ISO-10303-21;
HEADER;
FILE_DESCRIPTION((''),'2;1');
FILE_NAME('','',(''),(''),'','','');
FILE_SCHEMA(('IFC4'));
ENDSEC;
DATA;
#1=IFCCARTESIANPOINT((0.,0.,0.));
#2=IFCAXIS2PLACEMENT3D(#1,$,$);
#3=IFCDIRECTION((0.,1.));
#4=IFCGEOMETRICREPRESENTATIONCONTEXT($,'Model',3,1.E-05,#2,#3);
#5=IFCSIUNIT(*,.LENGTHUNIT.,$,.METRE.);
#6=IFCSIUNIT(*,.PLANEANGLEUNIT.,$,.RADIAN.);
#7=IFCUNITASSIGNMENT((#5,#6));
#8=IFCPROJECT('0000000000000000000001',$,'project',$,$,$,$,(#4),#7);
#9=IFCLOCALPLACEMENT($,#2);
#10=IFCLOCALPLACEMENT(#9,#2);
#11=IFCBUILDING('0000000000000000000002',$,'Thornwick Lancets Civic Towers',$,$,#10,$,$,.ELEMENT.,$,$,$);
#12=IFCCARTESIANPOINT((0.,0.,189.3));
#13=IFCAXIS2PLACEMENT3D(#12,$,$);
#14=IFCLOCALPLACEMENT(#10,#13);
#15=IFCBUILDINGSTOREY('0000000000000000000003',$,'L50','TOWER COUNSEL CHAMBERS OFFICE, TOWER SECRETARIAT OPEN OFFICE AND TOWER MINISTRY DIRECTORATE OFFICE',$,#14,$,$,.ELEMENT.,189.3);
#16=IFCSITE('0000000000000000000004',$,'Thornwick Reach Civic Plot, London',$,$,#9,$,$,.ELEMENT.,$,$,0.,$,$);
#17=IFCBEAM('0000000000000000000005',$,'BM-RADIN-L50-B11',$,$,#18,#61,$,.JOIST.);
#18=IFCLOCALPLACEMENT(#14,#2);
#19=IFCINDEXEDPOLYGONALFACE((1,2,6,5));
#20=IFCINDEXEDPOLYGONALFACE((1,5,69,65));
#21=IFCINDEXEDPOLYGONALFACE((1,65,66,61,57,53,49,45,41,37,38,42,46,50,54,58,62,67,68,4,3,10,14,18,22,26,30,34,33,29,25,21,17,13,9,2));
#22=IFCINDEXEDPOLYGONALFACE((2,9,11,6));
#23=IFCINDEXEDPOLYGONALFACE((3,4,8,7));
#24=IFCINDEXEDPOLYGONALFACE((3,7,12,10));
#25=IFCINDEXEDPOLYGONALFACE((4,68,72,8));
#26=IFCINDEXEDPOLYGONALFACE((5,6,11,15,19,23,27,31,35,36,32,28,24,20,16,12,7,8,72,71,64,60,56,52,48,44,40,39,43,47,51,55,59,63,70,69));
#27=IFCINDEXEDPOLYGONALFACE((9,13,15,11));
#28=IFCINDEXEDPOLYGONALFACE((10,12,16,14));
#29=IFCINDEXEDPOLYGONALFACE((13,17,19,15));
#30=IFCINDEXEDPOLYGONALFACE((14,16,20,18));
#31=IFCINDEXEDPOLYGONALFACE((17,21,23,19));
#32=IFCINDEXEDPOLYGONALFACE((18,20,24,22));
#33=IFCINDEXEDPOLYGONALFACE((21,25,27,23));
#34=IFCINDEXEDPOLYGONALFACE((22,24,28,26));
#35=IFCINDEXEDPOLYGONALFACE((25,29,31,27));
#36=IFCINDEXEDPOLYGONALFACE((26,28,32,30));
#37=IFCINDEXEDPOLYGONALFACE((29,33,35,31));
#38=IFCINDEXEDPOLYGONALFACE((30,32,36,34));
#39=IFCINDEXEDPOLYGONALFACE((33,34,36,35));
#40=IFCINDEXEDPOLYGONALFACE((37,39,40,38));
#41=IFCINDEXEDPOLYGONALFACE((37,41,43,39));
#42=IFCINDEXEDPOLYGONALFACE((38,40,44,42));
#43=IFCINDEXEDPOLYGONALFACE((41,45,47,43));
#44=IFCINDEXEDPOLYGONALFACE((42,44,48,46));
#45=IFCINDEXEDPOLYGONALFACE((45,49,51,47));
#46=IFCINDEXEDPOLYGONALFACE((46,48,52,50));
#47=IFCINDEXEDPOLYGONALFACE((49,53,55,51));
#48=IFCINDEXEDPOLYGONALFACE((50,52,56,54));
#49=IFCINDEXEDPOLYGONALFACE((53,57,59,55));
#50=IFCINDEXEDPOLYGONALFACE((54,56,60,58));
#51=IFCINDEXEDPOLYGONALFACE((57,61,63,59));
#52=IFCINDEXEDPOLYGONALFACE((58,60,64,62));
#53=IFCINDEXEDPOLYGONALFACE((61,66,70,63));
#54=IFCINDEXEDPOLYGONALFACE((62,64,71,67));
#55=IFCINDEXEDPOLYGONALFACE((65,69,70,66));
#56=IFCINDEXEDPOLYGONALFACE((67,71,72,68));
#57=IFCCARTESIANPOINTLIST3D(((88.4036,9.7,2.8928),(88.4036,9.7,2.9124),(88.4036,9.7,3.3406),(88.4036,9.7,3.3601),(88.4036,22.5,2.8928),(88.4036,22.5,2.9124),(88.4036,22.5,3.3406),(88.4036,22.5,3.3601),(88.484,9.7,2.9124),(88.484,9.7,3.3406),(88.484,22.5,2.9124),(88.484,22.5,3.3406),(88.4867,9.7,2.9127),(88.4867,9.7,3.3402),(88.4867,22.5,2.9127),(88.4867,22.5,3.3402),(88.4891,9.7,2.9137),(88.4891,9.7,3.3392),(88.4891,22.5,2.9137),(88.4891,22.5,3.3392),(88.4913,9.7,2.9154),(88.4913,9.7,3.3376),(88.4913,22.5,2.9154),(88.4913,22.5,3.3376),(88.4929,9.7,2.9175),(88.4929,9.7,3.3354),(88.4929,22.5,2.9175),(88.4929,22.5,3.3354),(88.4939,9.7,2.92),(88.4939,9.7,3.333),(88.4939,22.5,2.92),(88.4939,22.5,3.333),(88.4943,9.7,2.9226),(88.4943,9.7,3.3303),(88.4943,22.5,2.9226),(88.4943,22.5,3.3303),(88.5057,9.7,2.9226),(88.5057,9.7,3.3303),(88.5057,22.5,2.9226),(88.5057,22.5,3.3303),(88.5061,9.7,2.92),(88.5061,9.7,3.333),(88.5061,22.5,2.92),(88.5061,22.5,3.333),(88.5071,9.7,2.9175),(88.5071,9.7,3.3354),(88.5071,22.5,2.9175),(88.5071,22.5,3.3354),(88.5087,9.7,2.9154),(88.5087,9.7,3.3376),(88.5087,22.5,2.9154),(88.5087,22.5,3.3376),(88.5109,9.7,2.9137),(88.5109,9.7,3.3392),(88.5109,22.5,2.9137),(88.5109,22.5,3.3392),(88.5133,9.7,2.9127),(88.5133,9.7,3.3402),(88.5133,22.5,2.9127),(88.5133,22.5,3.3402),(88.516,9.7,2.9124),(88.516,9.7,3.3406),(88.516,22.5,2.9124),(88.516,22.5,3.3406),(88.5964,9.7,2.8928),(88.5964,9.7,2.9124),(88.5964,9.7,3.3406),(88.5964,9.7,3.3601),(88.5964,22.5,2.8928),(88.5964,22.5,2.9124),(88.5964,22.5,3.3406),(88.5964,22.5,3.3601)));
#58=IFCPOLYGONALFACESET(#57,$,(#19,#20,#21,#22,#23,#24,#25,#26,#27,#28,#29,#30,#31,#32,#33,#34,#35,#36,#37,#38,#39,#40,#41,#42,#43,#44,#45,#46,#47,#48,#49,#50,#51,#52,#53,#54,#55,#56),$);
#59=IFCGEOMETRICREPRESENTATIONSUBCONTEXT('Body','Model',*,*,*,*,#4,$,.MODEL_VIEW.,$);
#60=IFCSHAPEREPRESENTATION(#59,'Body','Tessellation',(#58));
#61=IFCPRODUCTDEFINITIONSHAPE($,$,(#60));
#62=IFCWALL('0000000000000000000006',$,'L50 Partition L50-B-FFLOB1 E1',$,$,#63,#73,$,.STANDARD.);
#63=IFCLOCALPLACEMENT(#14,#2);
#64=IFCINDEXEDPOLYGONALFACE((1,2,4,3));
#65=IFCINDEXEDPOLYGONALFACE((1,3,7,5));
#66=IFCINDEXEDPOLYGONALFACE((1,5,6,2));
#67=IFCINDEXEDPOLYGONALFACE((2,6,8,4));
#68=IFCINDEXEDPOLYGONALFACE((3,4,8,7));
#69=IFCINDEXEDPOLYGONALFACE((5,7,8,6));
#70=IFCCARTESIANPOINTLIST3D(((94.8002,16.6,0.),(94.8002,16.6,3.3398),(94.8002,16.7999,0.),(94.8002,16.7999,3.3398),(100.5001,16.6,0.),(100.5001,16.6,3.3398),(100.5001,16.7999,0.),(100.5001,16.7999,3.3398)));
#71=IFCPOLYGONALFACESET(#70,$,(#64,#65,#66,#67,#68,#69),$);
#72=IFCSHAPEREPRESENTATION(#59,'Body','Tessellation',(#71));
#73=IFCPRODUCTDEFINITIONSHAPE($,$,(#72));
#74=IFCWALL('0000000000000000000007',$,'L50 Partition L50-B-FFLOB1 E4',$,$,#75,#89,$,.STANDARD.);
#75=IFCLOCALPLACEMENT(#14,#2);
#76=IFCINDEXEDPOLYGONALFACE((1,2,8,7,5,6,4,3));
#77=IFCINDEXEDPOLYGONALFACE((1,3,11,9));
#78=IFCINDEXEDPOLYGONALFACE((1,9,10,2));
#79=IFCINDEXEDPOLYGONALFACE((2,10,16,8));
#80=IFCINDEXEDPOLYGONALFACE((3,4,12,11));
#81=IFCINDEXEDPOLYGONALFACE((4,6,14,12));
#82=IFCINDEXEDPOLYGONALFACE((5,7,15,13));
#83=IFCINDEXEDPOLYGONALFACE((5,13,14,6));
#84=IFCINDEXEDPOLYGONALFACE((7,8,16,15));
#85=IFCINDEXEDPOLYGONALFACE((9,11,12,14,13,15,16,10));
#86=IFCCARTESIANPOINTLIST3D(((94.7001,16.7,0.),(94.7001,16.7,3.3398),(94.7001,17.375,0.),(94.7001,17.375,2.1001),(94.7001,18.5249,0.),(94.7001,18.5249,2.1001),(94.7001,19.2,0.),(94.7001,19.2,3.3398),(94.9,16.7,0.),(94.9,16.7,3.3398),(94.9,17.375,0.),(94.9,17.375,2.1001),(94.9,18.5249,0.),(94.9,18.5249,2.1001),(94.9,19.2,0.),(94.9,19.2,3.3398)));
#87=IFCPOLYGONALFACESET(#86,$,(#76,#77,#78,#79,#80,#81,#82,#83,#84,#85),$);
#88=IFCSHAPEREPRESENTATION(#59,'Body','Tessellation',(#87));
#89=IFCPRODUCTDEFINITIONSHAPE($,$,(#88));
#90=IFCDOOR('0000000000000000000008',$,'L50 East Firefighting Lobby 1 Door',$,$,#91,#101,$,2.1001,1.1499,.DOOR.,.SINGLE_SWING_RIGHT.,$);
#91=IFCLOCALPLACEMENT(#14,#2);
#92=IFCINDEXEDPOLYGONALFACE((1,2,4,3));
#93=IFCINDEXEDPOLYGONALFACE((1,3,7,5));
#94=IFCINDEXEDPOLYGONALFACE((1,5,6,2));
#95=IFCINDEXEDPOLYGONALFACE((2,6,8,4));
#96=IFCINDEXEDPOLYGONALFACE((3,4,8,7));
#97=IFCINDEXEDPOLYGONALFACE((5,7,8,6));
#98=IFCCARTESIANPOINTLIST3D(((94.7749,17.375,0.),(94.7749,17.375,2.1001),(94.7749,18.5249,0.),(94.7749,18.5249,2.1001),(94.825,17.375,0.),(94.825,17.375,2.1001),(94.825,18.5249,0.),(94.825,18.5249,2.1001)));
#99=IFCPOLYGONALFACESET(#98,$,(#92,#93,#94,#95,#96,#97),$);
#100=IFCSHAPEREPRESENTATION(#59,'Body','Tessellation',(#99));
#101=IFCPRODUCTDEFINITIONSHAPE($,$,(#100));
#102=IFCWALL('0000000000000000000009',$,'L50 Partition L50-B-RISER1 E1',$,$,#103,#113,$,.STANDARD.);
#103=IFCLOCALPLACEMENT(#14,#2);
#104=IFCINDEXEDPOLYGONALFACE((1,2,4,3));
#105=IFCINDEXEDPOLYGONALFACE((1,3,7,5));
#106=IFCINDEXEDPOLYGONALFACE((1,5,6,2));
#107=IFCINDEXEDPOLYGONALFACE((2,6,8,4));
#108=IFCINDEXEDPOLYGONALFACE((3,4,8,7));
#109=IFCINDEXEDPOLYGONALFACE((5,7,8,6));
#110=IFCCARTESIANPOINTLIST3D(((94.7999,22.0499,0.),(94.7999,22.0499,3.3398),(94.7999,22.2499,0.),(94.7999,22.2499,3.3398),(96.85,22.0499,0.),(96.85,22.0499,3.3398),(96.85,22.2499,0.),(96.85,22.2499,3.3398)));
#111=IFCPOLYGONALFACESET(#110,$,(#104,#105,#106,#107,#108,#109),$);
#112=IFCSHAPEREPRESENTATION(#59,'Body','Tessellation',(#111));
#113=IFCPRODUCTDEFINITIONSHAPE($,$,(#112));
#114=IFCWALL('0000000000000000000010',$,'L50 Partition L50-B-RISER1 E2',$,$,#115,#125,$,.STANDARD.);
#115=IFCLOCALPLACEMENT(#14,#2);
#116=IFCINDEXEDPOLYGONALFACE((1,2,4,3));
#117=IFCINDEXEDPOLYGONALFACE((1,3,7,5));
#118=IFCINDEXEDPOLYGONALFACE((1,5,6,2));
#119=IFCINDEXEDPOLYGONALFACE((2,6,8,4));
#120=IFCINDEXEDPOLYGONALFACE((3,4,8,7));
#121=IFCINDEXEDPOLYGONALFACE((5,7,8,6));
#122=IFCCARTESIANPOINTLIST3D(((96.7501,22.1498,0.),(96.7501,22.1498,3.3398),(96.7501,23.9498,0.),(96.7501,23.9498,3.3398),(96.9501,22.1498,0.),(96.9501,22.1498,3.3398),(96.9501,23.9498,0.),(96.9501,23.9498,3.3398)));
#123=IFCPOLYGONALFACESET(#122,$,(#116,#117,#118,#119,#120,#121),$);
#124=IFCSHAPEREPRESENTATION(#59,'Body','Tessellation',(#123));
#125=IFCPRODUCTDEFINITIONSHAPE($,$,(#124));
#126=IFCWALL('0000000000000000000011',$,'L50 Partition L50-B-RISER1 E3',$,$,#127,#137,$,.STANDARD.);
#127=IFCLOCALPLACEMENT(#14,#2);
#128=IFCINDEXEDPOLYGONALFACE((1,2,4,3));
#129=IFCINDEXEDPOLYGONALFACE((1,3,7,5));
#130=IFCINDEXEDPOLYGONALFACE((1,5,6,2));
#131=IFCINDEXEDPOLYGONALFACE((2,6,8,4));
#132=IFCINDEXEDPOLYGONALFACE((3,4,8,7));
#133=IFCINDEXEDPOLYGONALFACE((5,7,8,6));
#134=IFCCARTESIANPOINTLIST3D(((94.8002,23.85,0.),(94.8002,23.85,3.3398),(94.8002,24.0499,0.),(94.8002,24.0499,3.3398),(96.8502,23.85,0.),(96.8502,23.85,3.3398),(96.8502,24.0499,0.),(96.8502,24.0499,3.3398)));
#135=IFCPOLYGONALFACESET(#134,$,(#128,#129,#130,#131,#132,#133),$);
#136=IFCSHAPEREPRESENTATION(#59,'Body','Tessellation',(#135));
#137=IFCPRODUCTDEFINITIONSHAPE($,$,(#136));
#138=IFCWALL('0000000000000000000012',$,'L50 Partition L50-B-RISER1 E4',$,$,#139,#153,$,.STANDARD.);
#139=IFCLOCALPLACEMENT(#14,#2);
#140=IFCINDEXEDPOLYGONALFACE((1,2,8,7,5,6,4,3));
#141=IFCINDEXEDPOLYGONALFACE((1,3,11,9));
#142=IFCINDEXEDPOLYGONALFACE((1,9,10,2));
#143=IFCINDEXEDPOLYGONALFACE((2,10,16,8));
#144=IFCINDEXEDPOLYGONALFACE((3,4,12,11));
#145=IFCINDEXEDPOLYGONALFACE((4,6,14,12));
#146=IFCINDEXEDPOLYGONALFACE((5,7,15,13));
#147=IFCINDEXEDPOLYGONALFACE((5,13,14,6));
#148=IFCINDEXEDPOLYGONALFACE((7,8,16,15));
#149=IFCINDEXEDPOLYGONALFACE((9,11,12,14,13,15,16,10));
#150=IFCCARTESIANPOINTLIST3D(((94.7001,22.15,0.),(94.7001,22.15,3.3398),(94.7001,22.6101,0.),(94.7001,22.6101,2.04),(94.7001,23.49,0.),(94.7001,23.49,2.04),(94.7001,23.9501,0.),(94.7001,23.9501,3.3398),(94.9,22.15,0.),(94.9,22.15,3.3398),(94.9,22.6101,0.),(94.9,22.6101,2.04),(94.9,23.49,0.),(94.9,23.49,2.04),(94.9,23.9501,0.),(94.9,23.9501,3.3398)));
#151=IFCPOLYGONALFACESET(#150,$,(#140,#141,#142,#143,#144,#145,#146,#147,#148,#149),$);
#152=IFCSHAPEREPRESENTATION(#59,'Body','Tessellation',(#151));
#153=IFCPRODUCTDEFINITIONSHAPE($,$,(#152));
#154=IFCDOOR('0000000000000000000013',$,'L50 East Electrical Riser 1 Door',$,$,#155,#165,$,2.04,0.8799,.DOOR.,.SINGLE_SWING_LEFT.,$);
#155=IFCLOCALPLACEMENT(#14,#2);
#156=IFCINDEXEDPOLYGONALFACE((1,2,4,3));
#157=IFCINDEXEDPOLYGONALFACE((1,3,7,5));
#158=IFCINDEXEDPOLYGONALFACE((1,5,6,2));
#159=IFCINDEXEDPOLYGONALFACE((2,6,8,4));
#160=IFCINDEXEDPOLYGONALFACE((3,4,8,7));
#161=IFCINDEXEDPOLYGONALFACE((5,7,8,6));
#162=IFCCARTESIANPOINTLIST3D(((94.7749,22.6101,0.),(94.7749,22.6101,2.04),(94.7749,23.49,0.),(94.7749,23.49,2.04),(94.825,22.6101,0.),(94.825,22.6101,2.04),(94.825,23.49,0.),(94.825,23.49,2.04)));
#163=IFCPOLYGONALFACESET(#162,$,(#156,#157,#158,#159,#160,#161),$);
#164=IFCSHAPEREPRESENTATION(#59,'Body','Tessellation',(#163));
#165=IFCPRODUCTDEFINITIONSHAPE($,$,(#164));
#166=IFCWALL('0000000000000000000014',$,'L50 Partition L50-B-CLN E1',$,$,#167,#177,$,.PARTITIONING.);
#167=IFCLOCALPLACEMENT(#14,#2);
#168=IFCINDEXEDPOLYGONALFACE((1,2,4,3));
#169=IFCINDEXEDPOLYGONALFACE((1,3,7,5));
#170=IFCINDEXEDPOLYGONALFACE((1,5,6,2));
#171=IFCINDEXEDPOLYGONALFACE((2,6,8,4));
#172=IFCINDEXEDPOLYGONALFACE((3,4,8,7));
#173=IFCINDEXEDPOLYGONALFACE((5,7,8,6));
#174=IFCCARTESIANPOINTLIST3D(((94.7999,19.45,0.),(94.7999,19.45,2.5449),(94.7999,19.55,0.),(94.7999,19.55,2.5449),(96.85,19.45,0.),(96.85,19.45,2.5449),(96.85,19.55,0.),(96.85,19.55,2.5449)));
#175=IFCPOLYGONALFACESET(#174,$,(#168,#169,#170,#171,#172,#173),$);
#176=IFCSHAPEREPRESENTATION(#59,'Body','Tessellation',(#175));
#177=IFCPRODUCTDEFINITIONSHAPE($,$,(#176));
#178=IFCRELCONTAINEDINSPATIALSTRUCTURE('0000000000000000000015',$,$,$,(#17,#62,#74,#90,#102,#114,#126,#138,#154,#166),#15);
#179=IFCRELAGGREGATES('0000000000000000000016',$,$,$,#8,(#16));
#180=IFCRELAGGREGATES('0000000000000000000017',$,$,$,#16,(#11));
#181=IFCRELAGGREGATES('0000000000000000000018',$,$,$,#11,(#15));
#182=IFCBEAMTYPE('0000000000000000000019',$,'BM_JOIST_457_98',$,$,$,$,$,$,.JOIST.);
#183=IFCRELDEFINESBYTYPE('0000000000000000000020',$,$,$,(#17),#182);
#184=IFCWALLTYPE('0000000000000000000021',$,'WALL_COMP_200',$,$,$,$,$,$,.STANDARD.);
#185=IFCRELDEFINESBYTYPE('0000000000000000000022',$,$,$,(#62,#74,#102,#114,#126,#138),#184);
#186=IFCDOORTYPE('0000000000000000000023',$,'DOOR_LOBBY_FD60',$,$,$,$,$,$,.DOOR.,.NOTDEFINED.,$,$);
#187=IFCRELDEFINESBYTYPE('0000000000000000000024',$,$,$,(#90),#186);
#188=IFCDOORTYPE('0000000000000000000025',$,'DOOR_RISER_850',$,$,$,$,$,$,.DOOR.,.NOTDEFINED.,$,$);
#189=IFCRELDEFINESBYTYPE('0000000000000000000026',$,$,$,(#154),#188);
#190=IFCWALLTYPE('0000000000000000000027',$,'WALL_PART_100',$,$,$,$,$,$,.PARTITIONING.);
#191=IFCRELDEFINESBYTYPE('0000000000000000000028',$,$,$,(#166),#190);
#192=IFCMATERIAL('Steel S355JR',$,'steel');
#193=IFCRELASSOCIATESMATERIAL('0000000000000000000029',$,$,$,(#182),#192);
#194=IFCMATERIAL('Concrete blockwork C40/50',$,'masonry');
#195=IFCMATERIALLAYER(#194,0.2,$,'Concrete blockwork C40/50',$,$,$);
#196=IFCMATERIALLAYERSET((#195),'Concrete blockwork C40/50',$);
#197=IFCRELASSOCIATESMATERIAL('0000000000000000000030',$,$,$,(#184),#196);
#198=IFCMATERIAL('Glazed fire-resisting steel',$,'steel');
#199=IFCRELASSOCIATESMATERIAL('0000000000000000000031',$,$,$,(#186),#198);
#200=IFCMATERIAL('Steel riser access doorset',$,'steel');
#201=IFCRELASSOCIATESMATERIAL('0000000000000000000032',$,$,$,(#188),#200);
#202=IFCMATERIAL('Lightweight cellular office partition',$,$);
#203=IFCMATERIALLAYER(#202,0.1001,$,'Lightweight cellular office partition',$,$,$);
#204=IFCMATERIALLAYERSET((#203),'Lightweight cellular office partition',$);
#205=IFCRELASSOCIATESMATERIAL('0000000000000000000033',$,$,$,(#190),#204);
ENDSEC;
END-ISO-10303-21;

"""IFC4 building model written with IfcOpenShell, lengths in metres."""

from ifc_helpers import new_model, si_unit, direction, frame, frame_2d, origin, origin_2d, place, context, subcontext, project, spatial, rectangle, i_section, extrude, material, layer, layer_set, material_profile, profile_set, type_object, element, fill, save


model = new_model("IFC4")

# Units and contexts
model_context = context("Model", 3, precision=1e-05, world=origin(), true_north=direction((0.0, 1.0)))
body_context = subcontext(model_context, "Body", "Model", "MODEL_VIEW")
ifc_project = project(units=[si_unit("LENGTHUNIT", "METRE"), si_unit("PLANEANGLEUNIT", "RADIAN")], contexts=[model_context])

# Site, building, storey
site_placement = place(None, origin())
site = spatial("IfcSite", under=ifc_project, at=site_placement, Name="Thornwick Reach Civic Plot, London", CompositionType="ELEMENT", RefElevation=0.0)
building_placement = place(site_placement, origin())
building = spatial("IfcBuilding", under=site, at=building_placement, Name="Thornwick Lancets Civic Towers", CompositionType="ELEMENT")
storey_placement = place(building_placement, frame((0.0, 0.0, 189.3)))
storey = spatial("IfcBuildingStorey", under=building, at=storey_placement, Name="L50", Description="TOWER COUNSEL CHAMBERS OFFICE, TOWER SECRETARIAT OPEN OFFICE AND TOWER MINISTRY DIRECTORATE OFFICE", CompositionType="ELEMENT", Elevation=189.3)

# Beam
ifc_material_1 = material(Name="Steel S355JR", Category="steel")
ifc_material_profile_1 = material_profile(ifc_material_1, i_section(OverallWidth=0.1929, OverallDepth=0.4673, WebThickness=0.0115, FlangeThickness=0.0195, FilletRadius=0.0103, at=origin_2d()), Name="UKB 457x191x98")
ifc_profile_set_1 = profile_set([ifc_material_profile_1], Name="Steel S355JR")
beam_type_1 = type_object("IfcBeamType", Name="BM_JOIST_457_98", PredefinedType="JOIST", material=ifc_profile_set_1)
for number, where, z_axis, x_axis, name in (
    (1, (88.5, 22.5, 3.1265), (0.0, -1.0, 0.0), (1.0, 0.0, 0.0), "BM-RADIN-L50-B11"),
):
    element("IfcBeam", number, at=place(storey_placement, frame(where, z_axis=z_axis, x_axis=x_axis)), inside=storey, type_object=beam_type_1, Name=name, PredefinedType="JOIST", context=body_context, shape_type="SweptSolid", body=[
        extrude(i_section(OverallWidth=0.1929, OverallDepth=0.4673, WebThickness=0.0115, FlangeThickness=0.0195, FilletRadius=0.0103, at=origin_2d()), origin(), (0.0, 0.0, 1.0), 12.8),
    ])

# Wall
ifc_material_2 = material(Name="Concrete blockwork C40/50", Category="masonry")
ifc_layer_1 = layer(ifc_material_2, 0.2, Name="Concrete blockwork C40/50")
ifc_layer_set_1 = layer_set([ifc_layer_1], Name="Concrete blockwork C40/50")
wall_type_1 = type_object("IfcWallType", Name="WALL_COMP_200", PredefinedType="STANDARD", material=ifc_layer_set_1)
wall_1_placement = place(storey_placement, frame((94.8, 16.7, 0.0), z_axis=(0.0, 0.0, 1.0), x_axis=(1.0, 0.0, 0.0)))
element("IfcWall", 2, at=wall_1_placement, inside=storey, type_object=wall_type_1, Name="L50 Partition L50-B-FFLOB1 E1", PredefinedType="STANDARD", context=body_context, shape_type="SweptSolid", body=[
    extrude(rectangle(XDim=5.7, YDim=0.2, at=frame_2d((2.8501, 0.0))), origin(), (0.0, 0.0, 1.0), 3.3398),
])

# Wall, opening, door
wall_2_placement = place(storey_placement, frame((94.8, 19.2, 0.0), z_axis=(0.0, 0.0, 1.0), x_axis=(0.0, -1.0, 0.0)))
wall_2 = element("IfcWall", 3, at=wall_2_placement, inside=storey, type_object=wall_type_1, Name="L50 Partition L50-B-FFLOB1 E4", PredefinedType="STANDARD", context=body_context, shape_type="SweptSolid", body=[
    extrude(rectangle(XDim=2.5, YDim=0.2, at=frame_2d((1.25, 0.0))), origin(), (0.0, 0.0, 1.0), 3.3398),
])
opening_1_placement = place(wall_2_placement, frame((0.675, 0.0, 0.0)))
opening_1 = element("IfcOpeningElement", 4, at=opening_1_placement, cuts=wall_2, PredefinedType="OPENING", context=body_context, shape_type="SweptSolid", body=[
    extrude(rectangle(XDim=1.1499, YDim=2.1001, at=frame_2d((0.575, 1.05))), frame((0.0, 0.1099, 0.0), z_axis=(0.0, -1.0, 0.0), x_axis=(1.0, 0.0, 0.0)), (0.0, 0.0, 1.0), 0.22),
])
ifc_material_3 = material(Name="Glazed fire-resisting steel", Category="steel")
door_type_1 = type_object("IfcDoorType", Name="DOOR_LOBBY_FD60", OperationType="NOTDEFINED", PredefinedType="DOOR", material=ifc_material_3)
door_1_placement = place(opening_1_placement, origin())
door_1 = element("IfcDoor", 5, at=door_1_placement, inside=storey, type_object=door_type_1, Name="L50 East Firefighting Lobby 1 Door", OperationType="SINGLE_SWING_RIGHT", OverallHeight=2.1001, OverallWidth=1.1499, PredefinedType="DOOR", context=body_context, shape_type="SweptSolid", body=[
    extrude(rectangle(XDim=1.1499, YDim=2.1001, at=frame_2d((0.575, 1.05))), frame((0.0, 0.0249, 0.0), z_axis=(0.0, -1.0, 0.0), x_axis=(1.0, 0.0, 0.0)), (0.0, 0.0, 1.0), 0.05),
])
fill(opening_1, door_1)

# Walls
wall_3_placement = place(storey_placement, frame((94.8, 22.1499, 0.0), z_axis=(0.0, 0.0, 1.0), x_axis=(1.0, 0.0, 0.0)))
element("IfcWall", 6, at=wall_3_placement, inside=storey, type_object=wall_type_1, Name="L50 Partition L50-B-RISER1 E1", PredefinedType="STANDARD", context=body_context, shape_type="SweptSolid", body=[
    extrude(rectangle(XDim=2.05, YDim=0.2, at=frame_2d((1.0249, 0.0))), origin(), (0.0, 0.0, 1.0), 3.3398),
])
wall_4_placement = place(storey_placement, frame((96.8501, 22.1499, 0.0), z_axis=(0.0, 0.0, 1.0), x_axis=(0.0, 1.0, 0.0)))
element("IfcWall", 7, at=wall_4_placement, inside=storey, type_object=wall_type_1, Name="L50 Partition L50-B-RISER1 E2", PredefinedType="STANDARD", context=body_context, shape_type="SweptSolid", body=[
    extrude(rectangle(XDim=1.8, YDim=0.2, at=frame_2d((0.8999, 0.0))), origin(), (0.0, 0.0, 1.0), 3.3398),
])
wall_5_placement = place(storey_placement, frame((96.8501, 23.95, 0.0), z_axis=(0.0, 0.0, 1.0), x_axis=(-1.0, 0.0, 0.0)))
element("IfcWall", 8, at=wall_5_placement, inside=storey, type_object=wall_type_1, Name="L50 Partition L50-B-RISER1 E3", PredefinedType="STANDARD", context=body_context, shape_type="SweptSolid", body=[
    extrude(rectangle(XDim=2.05, YDim=0.2, at=frame_2d((1.0249, 0.0))), origin(), (0.0, 0.0, 1.0), 3.3398),
])

# Wall, opening, door
wall_6_placement = place(storey_placement, frame((94.8, 23.95, 0.0), z_axis=(0.0, 0.0, 1.0), x_axis=(0.0, -1.0, 0.0)))
wall_6 = element("IfcWall", 9, at=wall_6_placement, inside=storey, type_object=wall_type_1, Name="L50 Partition L50-B-RISER1 E4", PredefinedType="STANDARD", context=body_context, shape_type="SweptSolid", body=[
    extrude(rectangle(XDim=1.8, YDim=0.2, at=frame_2d((0.8999, 0.0))), origin(), (0.0, 0.0, 1.0), 3.3398),
])
opening_2_placement = place(wall_6_placement, frame((0.46, 0.0, 0.0)))
opening_2 = element("IfcOpeningElement", 10, at=opening_2_placement, cuts=wall_6, PredefinedType="OPENING", context=body_context, shape_type="SweptSolid", body=[
    extrude(rectangle(XDim=0.8799, YDim=2.04, at=frame_2d((0.4399, 1.02))), frame((0.0, 0.1099, 0.0), z_axis=(0.0, -1.0, 0.0), x_axis=(1.0, 0.0, 0.0)), (0.0, 0.0, 1.0), 0.22),
])
ifc_material_4 = material(Name="Steel riser access doorset", Category="steel")
door_type_2 = type_object("IfcDoorType", Name="DOOR_RISER_850", OperationType="NOTDEFINED", PredefinedType="DOOR", material=ifc_material_4)
door_2_placement = place(opening_2_placement, origin())
door_2 = element("IfcDoor", 11, at=door_2_placement, inside=storey, type_object=door_type_2, Name="L50 East Electrical Riser 1 Door", OperationType="SINGLE_SWING_LEFT", OverallHeight=2.04, OverallWidth=0.8799, PredefinedType="DOOR", context=body_context, shape_type="SweptSolid", body=[
    extrude(rectangle(XDim=0.8799, YDim=2.04, at=frame_2d((0.4399, 1.02))), frame((0.0, 0.0249, 0.0), z_axis=(0.0, -1.0, 0.0), x_axis=(1.0, 0.0, 0.0)), (0.0, 0.0, 1.0), 0.05),
])
fill(opening_2, door_2)

# Wall
ifc_material_5 = material(Name="Lightweight cellular office partition")
ifc_layer_2 = layer(ifc_material_5, 0.1001, Name="Lightweight cellular office partition")
ifc_layer_set_2 = layer_set([ifc_layer_2], Name="Lightweight cellular office partition")
wall_type_2 = type_object("IfcWallType", Name="WALL_PART_100", PredefinedType="PARTITIONING", material=ifc_layer_set_2)
wall_7_placement = place(storey_placement, frame((94.8, 19.5, 0.0), z_axis=(0.0, 0.0, 1.0), x_axis=(1.0, 0.0, 0.0)))
element("IfcWall", 12, at=wall_7_placement, inside=storey, type_object=wall_type_2, Name="L50 Partition L50-B-CLN E1", PredefinedType="PARTITIONING", context=body_context, shape_type="SweptSolid", body=[
    extrude(rectangle(XDim=2.05, YDim=0.1001, at=frame_2d((1.0249, 0.0))), origin(), (0.0, 0.0, 1.0), 2.5449),
])

save(model, "model.ifc")
